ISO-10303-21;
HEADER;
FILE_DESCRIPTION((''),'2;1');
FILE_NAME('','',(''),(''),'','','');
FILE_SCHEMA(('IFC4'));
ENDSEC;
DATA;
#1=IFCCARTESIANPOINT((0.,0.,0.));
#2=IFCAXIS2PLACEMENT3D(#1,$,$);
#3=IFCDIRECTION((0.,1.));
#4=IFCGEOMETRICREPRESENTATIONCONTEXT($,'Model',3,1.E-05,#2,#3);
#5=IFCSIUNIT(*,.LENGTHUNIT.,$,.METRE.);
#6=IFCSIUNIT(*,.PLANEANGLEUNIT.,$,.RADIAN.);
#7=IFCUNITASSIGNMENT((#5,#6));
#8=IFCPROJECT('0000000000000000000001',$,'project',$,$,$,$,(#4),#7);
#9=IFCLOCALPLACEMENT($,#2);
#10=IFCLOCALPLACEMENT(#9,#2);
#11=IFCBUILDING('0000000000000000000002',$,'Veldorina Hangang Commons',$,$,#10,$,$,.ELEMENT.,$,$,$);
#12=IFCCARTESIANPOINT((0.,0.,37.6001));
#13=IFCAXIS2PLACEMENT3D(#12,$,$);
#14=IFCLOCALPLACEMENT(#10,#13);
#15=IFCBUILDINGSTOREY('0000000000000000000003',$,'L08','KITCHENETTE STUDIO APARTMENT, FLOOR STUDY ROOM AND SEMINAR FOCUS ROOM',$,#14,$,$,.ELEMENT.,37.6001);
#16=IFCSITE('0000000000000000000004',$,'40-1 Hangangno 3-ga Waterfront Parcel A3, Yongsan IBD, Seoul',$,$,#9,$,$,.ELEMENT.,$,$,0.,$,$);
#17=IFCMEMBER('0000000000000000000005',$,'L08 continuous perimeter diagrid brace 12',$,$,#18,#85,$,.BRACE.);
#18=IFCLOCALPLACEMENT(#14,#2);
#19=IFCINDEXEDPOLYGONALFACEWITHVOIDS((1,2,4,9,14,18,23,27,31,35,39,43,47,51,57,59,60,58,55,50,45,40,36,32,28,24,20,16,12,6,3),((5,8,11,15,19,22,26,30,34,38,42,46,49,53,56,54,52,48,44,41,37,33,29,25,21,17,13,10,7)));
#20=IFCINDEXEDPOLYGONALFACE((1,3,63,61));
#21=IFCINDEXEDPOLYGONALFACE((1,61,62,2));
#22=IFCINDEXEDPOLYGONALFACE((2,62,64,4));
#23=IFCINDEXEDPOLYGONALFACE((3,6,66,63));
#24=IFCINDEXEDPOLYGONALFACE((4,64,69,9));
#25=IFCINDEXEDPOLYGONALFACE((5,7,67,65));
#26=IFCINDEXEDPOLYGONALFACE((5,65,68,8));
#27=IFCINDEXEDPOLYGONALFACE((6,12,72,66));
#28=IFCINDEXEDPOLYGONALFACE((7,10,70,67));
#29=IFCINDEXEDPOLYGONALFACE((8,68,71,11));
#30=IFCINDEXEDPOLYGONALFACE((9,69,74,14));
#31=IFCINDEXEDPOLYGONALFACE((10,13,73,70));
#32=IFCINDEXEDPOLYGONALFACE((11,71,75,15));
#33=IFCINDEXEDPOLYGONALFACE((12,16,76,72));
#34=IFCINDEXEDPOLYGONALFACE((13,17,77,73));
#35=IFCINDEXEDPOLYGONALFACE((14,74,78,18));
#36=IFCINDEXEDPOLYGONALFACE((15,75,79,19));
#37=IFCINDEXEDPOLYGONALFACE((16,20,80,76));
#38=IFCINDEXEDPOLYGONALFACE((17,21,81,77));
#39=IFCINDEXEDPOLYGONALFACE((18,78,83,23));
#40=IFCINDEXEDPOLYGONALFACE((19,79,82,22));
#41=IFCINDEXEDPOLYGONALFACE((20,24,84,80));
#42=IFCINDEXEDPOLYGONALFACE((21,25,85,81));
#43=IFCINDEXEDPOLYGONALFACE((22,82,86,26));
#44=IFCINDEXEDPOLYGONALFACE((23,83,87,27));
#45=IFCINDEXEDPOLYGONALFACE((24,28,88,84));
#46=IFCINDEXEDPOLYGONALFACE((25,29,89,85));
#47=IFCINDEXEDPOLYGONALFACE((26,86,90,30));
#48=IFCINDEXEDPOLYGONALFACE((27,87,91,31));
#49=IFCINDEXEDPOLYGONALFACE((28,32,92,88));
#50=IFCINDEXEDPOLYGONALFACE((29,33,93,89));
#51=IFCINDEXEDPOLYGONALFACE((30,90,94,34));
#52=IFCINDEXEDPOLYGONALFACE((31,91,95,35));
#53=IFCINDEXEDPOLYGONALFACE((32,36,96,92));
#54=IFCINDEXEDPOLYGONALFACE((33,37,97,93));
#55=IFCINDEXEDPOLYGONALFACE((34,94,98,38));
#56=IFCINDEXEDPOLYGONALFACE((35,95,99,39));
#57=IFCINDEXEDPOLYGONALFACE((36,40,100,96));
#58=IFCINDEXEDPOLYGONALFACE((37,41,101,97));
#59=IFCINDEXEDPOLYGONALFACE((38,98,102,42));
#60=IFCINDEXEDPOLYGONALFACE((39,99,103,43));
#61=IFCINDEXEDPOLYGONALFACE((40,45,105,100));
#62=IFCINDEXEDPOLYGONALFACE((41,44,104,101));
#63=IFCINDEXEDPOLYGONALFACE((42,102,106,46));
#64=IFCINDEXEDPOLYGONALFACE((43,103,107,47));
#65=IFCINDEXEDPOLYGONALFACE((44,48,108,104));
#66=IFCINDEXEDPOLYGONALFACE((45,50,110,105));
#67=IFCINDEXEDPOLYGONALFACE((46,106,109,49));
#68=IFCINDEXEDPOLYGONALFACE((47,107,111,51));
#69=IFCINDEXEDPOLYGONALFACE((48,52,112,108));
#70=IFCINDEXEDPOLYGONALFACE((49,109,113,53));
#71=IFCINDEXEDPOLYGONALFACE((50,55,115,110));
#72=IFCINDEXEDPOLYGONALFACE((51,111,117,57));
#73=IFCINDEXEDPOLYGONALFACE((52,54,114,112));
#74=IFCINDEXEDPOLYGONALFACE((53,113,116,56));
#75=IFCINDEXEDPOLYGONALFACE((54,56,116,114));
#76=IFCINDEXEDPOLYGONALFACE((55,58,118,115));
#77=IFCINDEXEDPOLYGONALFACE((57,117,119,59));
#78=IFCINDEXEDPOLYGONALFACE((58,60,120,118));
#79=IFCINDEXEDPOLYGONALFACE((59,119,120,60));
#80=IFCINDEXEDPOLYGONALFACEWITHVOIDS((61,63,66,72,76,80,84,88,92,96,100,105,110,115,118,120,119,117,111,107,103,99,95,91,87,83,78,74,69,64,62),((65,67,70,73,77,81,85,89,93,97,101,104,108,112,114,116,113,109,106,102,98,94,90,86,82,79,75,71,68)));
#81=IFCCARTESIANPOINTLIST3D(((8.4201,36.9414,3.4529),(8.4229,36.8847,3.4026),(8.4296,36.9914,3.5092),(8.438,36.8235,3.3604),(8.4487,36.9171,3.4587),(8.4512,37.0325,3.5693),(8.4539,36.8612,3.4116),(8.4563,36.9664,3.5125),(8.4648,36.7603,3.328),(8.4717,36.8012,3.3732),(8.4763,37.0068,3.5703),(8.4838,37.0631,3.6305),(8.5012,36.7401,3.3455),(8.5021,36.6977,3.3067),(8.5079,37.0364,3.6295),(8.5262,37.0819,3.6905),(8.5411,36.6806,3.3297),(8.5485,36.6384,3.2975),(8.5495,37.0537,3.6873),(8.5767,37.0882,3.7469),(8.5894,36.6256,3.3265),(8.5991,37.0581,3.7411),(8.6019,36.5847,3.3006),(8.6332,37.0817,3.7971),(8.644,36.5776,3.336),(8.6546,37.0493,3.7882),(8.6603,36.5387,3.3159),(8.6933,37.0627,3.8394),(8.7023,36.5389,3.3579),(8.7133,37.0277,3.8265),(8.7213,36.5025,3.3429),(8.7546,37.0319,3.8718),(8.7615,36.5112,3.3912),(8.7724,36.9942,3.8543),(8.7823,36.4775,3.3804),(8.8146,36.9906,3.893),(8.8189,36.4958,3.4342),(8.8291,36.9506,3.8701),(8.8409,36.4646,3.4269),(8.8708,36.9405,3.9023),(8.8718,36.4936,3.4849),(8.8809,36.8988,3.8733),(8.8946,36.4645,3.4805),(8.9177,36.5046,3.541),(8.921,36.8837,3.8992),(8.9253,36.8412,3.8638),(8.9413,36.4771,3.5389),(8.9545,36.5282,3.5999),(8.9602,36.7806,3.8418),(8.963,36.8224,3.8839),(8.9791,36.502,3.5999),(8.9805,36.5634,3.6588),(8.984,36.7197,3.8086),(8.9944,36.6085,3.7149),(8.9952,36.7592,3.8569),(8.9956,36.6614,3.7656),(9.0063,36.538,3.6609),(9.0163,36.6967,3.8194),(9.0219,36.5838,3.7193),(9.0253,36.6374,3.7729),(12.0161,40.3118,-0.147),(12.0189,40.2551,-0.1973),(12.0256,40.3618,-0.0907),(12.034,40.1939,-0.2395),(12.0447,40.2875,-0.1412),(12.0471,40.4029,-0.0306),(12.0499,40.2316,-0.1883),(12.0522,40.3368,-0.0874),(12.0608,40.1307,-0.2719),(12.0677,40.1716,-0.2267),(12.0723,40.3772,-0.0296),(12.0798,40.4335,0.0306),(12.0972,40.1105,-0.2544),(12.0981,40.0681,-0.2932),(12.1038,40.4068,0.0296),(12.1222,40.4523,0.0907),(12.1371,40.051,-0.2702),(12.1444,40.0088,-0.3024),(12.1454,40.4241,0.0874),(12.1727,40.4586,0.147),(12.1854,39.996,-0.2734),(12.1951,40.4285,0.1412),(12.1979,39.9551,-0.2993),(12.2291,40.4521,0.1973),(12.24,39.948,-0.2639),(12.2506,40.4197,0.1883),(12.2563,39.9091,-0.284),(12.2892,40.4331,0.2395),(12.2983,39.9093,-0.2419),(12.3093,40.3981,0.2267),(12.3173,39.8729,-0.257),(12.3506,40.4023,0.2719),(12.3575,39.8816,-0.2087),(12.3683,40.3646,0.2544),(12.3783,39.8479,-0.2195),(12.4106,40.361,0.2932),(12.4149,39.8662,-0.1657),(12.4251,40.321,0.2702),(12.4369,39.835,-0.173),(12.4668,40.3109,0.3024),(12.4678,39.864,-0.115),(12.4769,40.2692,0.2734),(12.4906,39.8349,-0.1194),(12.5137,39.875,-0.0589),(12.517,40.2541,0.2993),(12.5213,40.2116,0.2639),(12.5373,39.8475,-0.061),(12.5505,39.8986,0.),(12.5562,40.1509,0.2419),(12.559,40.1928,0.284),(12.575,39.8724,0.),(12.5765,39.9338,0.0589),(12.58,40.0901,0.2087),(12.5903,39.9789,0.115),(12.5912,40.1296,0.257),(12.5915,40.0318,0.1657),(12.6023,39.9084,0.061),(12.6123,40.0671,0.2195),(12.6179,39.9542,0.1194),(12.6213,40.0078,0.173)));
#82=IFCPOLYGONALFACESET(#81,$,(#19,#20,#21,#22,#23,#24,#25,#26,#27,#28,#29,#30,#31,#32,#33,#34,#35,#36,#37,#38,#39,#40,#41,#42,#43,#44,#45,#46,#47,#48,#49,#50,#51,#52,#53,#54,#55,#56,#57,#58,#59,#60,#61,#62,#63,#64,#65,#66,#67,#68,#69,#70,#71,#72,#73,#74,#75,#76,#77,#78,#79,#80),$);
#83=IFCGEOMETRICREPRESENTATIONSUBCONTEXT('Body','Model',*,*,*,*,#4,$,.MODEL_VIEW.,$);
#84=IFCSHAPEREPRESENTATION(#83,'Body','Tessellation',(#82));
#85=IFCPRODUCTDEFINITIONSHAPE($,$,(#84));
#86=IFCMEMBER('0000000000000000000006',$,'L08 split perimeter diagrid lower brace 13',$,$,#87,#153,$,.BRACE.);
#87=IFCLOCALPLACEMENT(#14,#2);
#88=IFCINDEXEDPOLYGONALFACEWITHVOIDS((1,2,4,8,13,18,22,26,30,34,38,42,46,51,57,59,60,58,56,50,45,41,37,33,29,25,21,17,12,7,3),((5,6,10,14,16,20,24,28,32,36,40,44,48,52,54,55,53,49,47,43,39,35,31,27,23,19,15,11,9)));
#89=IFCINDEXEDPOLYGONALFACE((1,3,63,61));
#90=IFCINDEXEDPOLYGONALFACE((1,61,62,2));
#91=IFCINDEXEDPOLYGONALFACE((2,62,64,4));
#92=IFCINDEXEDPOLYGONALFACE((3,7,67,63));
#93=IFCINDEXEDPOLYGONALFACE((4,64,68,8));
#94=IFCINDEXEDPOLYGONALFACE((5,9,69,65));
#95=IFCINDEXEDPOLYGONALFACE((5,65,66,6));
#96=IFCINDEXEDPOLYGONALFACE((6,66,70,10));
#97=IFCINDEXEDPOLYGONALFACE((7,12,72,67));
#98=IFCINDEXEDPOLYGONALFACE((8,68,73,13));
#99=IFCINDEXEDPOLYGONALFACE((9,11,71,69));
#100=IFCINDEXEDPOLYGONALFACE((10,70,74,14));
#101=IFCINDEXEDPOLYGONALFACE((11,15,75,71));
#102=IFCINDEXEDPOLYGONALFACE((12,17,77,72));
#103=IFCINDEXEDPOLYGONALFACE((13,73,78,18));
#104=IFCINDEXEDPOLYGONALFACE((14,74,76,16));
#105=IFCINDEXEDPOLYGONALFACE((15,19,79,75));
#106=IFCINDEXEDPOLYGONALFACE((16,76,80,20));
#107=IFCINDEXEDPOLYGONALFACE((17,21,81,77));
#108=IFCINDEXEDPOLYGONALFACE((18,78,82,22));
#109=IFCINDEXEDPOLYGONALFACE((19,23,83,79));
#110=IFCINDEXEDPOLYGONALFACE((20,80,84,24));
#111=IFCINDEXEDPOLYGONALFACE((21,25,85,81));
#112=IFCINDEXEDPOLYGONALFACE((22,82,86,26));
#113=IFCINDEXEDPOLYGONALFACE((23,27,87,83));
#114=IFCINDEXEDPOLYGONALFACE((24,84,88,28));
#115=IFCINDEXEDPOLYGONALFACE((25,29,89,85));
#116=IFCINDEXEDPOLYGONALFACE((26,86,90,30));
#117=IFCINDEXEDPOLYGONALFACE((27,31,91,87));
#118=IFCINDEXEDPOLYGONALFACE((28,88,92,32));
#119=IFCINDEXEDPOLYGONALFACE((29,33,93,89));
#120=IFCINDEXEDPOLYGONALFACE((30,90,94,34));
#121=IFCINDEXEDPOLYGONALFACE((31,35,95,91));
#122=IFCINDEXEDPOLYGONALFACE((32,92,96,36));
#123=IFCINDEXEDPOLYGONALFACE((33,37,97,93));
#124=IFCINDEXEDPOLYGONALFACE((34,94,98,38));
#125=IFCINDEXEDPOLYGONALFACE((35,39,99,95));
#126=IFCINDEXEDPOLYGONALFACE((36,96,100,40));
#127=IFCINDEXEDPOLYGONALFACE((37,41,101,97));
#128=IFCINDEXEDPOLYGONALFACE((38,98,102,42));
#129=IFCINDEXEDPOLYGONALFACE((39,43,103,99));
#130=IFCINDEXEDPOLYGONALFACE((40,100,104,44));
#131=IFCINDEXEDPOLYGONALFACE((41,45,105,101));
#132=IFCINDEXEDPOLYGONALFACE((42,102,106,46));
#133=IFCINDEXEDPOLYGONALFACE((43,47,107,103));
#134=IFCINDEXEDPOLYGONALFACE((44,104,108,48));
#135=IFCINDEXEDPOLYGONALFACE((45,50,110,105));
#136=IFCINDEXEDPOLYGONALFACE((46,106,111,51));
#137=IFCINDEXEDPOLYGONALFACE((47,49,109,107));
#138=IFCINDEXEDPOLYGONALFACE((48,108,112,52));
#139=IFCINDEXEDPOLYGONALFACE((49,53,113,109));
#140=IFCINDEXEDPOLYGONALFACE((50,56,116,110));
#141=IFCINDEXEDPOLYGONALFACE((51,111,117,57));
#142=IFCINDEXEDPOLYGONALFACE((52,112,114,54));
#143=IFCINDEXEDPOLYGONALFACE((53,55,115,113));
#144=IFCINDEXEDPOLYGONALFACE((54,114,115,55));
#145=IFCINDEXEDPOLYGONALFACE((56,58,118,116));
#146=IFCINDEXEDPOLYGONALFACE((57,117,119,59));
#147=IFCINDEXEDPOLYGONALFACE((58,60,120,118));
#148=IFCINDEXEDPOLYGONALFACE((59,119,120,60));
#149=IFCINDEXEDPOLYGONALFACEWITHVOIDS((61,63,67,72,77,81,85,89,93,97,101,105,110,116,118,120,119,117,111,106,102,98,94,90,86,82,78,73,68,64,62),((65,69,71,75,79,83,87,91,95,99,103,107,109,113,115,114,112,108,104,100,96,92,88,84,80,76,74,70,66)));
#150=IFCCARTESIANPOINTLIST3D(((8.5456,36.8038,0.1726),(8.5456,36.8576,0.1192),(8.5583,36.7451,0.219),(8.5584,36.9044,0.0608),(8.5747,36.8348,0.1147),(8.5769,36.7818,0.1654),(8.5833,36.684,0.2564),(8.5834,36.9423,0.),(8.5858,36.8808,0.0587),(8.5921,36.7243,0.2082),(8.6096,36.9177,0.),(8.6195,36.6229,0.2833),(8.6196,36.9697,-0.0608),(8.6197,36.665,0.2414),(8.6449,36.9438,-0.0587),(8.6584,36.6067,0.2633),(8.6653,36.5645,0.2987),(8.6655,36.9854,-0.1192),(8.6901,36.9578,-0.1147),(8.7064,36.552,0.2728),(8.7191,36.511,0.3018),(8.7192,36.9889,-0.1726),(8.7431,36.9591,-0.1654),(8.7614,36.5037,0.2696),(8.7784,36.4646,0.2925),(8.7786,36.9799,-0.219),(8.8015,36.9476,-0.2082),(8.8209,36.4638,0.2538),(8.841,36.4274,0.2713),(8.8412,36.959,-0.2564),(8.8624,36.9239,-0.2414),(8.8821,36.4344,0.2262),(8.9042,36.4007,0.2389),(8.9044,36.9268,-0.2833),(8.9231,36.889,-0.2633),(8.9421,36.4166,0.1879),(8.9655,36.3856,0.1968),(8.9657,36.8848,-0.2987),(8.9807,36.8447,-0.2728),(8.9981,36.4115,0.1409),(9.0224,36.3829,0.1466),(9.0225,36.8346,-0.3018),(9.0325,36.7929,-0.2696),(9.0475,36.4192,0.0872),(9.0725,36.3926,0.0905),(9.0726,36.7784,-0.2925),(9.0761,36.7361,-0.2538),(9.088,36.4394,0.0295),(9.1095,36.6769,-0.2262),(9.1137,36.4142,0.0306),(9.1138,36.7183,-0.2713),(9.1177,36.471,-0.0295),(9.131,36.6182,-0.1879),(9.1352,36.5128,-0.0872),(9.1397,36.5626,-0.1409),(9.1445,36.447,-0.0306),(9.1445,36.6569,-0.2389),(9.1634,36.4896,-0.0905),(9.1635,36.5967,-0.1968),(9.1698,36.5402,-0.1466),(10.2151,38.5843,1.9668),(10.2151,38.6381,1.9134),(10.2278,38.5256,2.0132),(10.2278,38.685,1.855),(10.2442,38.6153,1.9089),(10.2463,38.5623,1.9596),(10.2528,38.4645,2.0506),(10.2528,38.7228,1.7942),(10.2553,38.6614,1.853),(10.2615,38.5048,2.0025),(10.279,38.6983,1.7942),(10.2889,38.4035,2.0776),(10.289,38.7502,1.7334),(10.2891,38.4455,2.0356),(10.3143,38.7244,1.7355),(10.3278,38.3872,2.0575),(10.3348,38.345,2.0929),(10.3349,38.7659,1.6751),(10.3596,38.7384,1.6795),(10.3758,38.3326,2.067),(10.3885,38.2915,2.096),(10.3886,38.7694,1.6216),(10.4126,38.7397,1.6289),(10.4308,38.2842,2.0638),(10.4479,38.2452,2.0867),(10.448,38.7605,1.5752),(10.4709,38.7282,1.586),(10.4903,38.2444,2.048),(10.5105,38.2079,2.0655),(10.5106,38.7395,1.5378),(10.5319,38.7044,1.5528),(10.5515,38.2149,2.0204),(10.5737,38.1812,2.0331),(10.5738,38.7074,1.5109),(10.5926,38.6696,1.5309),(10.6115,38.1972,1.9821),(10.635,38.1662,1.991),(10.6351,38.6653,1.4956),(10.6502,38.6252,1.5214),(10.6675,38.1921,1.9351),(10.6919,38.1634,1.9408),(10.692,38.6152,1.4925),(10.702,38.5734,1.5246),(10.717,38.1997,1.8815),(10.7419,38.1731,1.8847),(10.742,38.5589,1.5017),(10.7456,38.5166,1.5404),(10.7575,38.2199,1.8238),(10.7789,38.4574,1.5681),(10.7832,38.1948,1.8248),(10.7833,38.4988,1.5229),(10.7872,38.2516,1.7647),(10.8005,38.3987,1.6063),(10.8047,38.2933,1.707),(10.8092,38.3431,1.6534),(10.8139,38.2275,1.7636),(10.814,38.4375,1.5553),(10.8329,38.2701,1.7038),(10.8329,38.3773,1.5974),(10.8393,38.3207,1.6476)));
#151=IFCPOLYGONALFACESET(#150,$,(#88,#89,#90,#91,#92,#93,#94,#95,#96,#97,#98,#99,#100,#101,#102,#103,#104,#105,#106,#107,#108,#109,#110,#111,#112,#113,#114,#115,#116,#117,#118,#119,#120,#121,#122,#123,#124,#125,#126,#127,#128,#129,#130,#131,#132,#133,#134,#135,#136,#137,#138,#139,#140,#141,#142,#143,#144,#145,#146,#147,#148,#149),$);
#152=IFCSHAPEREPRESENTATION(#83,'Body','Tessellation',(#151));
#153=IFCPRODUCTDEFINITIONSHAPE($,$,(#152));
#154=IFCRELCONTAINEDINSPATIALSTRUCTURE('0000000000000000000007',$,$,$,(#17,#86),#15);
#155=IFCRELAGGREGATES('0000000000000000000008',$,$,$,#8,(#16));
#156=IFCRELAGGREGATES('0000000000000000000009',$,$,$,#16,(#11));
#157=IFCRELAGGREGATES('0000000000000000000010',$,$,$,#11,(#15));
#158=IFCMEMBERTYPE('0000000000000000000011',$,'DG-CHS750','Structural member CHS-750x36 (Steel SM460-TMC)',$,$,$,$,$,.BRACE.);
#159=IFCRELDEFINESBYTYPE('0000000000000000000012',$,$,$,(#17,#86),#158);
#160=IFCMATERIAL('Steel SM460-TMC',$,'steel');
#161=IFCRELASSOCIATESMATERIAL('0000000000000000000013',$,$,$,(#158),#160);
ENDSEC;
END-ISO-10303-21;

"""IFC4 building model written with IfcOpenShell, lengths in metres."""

from ifc_helpers import new_model, si_unit, direction, frame, origin, origin_2d, place, context, subcontext, project, spatial, hollow_circle, extrude, material, material_profile, profile_set, type_object, element, save


model = new_model("IFC4")

# Units and contexts
model_context = context("Model", 3, precision=1e-05, world=origin(), true_north=direction((0.0, 1.0)))
body_context = subcontext(model_context, "Body", "Model", "MODEL_VIEW")
ifc_project = project(units=[si_unit("LENGTHUNIT", "METRE"), si_unit("PLANEANGLEUNIT", "RADIAN")], contexts=[model_context])

# Site, building, storey
site_placement = place(None, origin())
site = spatial("IfcSite", under=ifc_project, at=site_placement, Name="40-1 Hangangno 3-ga Waterfront Parcel A3, Yongsan IBD, Seoul", CompositionType="ELEMENT", RefElevation=0.0)
building_placement = place(site_placement, origin())
building = spatial("IfcBuilding", under=site, at=building_placement, Name="Veldorina Hangang Commons", CompositionType="ELEMENT")
storey_placement = place(building_placement, frame((0.0, 0.0, 37.6001)))
storey = spatial("IfcBuildingStorey", under=building, at=storey_placement, Name="L08", Description="KITCHENETTE STUDIO APARTMENT, FLOOR STUDY ROOM AND SEMINAR FOCUS ROOM", CompositionType="ELEMENT", Elevation=37.6001)

# Shared definitions
ifc_material_1 = material(Name="Steel SM460-TMC", Category="steel")

# Members
ifc_material_profile_1 = material_profile(ifc_material_1, hollow_circle(Radius=0.375, WallThickness=0.0359, at=origin_2d()), Name="CHS-750x36")
ifc_profile_set_1 = profile_set([ifc_material_profile_1], Name="Steel SM460-TMC")
member_type = type_object("IfcMemberType", Name="DG-CHS750", Description="Structural member CHS-750x36 (Steel SM460-TMC)", PredefinedType="BRACE", material=ifc_profile_set_1)
member_1_placement = place(storey_placement, frame((12.3186, 40.146, 0.0), z_axis=(-0.58919, -0.552228, 0.58983), x_axis=(0.68385, -0.729622, 0.0)))
element("IfcMember", 1, at=member_1_placement, inside=storey, type_object=member_type, Name="L08 continuous perimeter diagrid brace 12", PredefinedType="BRACE", context=body_context, shape_type="SweptSolid", body=[
    extrude(hollow_circle(Radius=0.375, WallThickness=0.0359, at=origin_2d()), origin(), (0.0, 0.0, 1.0), 6.1033),
])
member_2_placement = place(storey_placement, frame((8.8569, 36.6858, 0.0), z_axis=(0.551104, 0.587775, 0.592288), x_axis=(-0.729497, 0.683984, 0.0)))
element("IfcMember", 2, at=member_2_placement, inside=storey, type_object=member_type, Name="L08 split perimeter diagrid lower brace 13", PredefinedType="BRACE", context=body_context, shape_type="SweptSolid", body=[
    extrude(hollow_circle(Radius=0.375, WallThickness=0.0359, at=origin_2d()), origin(), (0.0, 0.0, 1.0), 3.0293),
])

save(model, "model.ifc")
